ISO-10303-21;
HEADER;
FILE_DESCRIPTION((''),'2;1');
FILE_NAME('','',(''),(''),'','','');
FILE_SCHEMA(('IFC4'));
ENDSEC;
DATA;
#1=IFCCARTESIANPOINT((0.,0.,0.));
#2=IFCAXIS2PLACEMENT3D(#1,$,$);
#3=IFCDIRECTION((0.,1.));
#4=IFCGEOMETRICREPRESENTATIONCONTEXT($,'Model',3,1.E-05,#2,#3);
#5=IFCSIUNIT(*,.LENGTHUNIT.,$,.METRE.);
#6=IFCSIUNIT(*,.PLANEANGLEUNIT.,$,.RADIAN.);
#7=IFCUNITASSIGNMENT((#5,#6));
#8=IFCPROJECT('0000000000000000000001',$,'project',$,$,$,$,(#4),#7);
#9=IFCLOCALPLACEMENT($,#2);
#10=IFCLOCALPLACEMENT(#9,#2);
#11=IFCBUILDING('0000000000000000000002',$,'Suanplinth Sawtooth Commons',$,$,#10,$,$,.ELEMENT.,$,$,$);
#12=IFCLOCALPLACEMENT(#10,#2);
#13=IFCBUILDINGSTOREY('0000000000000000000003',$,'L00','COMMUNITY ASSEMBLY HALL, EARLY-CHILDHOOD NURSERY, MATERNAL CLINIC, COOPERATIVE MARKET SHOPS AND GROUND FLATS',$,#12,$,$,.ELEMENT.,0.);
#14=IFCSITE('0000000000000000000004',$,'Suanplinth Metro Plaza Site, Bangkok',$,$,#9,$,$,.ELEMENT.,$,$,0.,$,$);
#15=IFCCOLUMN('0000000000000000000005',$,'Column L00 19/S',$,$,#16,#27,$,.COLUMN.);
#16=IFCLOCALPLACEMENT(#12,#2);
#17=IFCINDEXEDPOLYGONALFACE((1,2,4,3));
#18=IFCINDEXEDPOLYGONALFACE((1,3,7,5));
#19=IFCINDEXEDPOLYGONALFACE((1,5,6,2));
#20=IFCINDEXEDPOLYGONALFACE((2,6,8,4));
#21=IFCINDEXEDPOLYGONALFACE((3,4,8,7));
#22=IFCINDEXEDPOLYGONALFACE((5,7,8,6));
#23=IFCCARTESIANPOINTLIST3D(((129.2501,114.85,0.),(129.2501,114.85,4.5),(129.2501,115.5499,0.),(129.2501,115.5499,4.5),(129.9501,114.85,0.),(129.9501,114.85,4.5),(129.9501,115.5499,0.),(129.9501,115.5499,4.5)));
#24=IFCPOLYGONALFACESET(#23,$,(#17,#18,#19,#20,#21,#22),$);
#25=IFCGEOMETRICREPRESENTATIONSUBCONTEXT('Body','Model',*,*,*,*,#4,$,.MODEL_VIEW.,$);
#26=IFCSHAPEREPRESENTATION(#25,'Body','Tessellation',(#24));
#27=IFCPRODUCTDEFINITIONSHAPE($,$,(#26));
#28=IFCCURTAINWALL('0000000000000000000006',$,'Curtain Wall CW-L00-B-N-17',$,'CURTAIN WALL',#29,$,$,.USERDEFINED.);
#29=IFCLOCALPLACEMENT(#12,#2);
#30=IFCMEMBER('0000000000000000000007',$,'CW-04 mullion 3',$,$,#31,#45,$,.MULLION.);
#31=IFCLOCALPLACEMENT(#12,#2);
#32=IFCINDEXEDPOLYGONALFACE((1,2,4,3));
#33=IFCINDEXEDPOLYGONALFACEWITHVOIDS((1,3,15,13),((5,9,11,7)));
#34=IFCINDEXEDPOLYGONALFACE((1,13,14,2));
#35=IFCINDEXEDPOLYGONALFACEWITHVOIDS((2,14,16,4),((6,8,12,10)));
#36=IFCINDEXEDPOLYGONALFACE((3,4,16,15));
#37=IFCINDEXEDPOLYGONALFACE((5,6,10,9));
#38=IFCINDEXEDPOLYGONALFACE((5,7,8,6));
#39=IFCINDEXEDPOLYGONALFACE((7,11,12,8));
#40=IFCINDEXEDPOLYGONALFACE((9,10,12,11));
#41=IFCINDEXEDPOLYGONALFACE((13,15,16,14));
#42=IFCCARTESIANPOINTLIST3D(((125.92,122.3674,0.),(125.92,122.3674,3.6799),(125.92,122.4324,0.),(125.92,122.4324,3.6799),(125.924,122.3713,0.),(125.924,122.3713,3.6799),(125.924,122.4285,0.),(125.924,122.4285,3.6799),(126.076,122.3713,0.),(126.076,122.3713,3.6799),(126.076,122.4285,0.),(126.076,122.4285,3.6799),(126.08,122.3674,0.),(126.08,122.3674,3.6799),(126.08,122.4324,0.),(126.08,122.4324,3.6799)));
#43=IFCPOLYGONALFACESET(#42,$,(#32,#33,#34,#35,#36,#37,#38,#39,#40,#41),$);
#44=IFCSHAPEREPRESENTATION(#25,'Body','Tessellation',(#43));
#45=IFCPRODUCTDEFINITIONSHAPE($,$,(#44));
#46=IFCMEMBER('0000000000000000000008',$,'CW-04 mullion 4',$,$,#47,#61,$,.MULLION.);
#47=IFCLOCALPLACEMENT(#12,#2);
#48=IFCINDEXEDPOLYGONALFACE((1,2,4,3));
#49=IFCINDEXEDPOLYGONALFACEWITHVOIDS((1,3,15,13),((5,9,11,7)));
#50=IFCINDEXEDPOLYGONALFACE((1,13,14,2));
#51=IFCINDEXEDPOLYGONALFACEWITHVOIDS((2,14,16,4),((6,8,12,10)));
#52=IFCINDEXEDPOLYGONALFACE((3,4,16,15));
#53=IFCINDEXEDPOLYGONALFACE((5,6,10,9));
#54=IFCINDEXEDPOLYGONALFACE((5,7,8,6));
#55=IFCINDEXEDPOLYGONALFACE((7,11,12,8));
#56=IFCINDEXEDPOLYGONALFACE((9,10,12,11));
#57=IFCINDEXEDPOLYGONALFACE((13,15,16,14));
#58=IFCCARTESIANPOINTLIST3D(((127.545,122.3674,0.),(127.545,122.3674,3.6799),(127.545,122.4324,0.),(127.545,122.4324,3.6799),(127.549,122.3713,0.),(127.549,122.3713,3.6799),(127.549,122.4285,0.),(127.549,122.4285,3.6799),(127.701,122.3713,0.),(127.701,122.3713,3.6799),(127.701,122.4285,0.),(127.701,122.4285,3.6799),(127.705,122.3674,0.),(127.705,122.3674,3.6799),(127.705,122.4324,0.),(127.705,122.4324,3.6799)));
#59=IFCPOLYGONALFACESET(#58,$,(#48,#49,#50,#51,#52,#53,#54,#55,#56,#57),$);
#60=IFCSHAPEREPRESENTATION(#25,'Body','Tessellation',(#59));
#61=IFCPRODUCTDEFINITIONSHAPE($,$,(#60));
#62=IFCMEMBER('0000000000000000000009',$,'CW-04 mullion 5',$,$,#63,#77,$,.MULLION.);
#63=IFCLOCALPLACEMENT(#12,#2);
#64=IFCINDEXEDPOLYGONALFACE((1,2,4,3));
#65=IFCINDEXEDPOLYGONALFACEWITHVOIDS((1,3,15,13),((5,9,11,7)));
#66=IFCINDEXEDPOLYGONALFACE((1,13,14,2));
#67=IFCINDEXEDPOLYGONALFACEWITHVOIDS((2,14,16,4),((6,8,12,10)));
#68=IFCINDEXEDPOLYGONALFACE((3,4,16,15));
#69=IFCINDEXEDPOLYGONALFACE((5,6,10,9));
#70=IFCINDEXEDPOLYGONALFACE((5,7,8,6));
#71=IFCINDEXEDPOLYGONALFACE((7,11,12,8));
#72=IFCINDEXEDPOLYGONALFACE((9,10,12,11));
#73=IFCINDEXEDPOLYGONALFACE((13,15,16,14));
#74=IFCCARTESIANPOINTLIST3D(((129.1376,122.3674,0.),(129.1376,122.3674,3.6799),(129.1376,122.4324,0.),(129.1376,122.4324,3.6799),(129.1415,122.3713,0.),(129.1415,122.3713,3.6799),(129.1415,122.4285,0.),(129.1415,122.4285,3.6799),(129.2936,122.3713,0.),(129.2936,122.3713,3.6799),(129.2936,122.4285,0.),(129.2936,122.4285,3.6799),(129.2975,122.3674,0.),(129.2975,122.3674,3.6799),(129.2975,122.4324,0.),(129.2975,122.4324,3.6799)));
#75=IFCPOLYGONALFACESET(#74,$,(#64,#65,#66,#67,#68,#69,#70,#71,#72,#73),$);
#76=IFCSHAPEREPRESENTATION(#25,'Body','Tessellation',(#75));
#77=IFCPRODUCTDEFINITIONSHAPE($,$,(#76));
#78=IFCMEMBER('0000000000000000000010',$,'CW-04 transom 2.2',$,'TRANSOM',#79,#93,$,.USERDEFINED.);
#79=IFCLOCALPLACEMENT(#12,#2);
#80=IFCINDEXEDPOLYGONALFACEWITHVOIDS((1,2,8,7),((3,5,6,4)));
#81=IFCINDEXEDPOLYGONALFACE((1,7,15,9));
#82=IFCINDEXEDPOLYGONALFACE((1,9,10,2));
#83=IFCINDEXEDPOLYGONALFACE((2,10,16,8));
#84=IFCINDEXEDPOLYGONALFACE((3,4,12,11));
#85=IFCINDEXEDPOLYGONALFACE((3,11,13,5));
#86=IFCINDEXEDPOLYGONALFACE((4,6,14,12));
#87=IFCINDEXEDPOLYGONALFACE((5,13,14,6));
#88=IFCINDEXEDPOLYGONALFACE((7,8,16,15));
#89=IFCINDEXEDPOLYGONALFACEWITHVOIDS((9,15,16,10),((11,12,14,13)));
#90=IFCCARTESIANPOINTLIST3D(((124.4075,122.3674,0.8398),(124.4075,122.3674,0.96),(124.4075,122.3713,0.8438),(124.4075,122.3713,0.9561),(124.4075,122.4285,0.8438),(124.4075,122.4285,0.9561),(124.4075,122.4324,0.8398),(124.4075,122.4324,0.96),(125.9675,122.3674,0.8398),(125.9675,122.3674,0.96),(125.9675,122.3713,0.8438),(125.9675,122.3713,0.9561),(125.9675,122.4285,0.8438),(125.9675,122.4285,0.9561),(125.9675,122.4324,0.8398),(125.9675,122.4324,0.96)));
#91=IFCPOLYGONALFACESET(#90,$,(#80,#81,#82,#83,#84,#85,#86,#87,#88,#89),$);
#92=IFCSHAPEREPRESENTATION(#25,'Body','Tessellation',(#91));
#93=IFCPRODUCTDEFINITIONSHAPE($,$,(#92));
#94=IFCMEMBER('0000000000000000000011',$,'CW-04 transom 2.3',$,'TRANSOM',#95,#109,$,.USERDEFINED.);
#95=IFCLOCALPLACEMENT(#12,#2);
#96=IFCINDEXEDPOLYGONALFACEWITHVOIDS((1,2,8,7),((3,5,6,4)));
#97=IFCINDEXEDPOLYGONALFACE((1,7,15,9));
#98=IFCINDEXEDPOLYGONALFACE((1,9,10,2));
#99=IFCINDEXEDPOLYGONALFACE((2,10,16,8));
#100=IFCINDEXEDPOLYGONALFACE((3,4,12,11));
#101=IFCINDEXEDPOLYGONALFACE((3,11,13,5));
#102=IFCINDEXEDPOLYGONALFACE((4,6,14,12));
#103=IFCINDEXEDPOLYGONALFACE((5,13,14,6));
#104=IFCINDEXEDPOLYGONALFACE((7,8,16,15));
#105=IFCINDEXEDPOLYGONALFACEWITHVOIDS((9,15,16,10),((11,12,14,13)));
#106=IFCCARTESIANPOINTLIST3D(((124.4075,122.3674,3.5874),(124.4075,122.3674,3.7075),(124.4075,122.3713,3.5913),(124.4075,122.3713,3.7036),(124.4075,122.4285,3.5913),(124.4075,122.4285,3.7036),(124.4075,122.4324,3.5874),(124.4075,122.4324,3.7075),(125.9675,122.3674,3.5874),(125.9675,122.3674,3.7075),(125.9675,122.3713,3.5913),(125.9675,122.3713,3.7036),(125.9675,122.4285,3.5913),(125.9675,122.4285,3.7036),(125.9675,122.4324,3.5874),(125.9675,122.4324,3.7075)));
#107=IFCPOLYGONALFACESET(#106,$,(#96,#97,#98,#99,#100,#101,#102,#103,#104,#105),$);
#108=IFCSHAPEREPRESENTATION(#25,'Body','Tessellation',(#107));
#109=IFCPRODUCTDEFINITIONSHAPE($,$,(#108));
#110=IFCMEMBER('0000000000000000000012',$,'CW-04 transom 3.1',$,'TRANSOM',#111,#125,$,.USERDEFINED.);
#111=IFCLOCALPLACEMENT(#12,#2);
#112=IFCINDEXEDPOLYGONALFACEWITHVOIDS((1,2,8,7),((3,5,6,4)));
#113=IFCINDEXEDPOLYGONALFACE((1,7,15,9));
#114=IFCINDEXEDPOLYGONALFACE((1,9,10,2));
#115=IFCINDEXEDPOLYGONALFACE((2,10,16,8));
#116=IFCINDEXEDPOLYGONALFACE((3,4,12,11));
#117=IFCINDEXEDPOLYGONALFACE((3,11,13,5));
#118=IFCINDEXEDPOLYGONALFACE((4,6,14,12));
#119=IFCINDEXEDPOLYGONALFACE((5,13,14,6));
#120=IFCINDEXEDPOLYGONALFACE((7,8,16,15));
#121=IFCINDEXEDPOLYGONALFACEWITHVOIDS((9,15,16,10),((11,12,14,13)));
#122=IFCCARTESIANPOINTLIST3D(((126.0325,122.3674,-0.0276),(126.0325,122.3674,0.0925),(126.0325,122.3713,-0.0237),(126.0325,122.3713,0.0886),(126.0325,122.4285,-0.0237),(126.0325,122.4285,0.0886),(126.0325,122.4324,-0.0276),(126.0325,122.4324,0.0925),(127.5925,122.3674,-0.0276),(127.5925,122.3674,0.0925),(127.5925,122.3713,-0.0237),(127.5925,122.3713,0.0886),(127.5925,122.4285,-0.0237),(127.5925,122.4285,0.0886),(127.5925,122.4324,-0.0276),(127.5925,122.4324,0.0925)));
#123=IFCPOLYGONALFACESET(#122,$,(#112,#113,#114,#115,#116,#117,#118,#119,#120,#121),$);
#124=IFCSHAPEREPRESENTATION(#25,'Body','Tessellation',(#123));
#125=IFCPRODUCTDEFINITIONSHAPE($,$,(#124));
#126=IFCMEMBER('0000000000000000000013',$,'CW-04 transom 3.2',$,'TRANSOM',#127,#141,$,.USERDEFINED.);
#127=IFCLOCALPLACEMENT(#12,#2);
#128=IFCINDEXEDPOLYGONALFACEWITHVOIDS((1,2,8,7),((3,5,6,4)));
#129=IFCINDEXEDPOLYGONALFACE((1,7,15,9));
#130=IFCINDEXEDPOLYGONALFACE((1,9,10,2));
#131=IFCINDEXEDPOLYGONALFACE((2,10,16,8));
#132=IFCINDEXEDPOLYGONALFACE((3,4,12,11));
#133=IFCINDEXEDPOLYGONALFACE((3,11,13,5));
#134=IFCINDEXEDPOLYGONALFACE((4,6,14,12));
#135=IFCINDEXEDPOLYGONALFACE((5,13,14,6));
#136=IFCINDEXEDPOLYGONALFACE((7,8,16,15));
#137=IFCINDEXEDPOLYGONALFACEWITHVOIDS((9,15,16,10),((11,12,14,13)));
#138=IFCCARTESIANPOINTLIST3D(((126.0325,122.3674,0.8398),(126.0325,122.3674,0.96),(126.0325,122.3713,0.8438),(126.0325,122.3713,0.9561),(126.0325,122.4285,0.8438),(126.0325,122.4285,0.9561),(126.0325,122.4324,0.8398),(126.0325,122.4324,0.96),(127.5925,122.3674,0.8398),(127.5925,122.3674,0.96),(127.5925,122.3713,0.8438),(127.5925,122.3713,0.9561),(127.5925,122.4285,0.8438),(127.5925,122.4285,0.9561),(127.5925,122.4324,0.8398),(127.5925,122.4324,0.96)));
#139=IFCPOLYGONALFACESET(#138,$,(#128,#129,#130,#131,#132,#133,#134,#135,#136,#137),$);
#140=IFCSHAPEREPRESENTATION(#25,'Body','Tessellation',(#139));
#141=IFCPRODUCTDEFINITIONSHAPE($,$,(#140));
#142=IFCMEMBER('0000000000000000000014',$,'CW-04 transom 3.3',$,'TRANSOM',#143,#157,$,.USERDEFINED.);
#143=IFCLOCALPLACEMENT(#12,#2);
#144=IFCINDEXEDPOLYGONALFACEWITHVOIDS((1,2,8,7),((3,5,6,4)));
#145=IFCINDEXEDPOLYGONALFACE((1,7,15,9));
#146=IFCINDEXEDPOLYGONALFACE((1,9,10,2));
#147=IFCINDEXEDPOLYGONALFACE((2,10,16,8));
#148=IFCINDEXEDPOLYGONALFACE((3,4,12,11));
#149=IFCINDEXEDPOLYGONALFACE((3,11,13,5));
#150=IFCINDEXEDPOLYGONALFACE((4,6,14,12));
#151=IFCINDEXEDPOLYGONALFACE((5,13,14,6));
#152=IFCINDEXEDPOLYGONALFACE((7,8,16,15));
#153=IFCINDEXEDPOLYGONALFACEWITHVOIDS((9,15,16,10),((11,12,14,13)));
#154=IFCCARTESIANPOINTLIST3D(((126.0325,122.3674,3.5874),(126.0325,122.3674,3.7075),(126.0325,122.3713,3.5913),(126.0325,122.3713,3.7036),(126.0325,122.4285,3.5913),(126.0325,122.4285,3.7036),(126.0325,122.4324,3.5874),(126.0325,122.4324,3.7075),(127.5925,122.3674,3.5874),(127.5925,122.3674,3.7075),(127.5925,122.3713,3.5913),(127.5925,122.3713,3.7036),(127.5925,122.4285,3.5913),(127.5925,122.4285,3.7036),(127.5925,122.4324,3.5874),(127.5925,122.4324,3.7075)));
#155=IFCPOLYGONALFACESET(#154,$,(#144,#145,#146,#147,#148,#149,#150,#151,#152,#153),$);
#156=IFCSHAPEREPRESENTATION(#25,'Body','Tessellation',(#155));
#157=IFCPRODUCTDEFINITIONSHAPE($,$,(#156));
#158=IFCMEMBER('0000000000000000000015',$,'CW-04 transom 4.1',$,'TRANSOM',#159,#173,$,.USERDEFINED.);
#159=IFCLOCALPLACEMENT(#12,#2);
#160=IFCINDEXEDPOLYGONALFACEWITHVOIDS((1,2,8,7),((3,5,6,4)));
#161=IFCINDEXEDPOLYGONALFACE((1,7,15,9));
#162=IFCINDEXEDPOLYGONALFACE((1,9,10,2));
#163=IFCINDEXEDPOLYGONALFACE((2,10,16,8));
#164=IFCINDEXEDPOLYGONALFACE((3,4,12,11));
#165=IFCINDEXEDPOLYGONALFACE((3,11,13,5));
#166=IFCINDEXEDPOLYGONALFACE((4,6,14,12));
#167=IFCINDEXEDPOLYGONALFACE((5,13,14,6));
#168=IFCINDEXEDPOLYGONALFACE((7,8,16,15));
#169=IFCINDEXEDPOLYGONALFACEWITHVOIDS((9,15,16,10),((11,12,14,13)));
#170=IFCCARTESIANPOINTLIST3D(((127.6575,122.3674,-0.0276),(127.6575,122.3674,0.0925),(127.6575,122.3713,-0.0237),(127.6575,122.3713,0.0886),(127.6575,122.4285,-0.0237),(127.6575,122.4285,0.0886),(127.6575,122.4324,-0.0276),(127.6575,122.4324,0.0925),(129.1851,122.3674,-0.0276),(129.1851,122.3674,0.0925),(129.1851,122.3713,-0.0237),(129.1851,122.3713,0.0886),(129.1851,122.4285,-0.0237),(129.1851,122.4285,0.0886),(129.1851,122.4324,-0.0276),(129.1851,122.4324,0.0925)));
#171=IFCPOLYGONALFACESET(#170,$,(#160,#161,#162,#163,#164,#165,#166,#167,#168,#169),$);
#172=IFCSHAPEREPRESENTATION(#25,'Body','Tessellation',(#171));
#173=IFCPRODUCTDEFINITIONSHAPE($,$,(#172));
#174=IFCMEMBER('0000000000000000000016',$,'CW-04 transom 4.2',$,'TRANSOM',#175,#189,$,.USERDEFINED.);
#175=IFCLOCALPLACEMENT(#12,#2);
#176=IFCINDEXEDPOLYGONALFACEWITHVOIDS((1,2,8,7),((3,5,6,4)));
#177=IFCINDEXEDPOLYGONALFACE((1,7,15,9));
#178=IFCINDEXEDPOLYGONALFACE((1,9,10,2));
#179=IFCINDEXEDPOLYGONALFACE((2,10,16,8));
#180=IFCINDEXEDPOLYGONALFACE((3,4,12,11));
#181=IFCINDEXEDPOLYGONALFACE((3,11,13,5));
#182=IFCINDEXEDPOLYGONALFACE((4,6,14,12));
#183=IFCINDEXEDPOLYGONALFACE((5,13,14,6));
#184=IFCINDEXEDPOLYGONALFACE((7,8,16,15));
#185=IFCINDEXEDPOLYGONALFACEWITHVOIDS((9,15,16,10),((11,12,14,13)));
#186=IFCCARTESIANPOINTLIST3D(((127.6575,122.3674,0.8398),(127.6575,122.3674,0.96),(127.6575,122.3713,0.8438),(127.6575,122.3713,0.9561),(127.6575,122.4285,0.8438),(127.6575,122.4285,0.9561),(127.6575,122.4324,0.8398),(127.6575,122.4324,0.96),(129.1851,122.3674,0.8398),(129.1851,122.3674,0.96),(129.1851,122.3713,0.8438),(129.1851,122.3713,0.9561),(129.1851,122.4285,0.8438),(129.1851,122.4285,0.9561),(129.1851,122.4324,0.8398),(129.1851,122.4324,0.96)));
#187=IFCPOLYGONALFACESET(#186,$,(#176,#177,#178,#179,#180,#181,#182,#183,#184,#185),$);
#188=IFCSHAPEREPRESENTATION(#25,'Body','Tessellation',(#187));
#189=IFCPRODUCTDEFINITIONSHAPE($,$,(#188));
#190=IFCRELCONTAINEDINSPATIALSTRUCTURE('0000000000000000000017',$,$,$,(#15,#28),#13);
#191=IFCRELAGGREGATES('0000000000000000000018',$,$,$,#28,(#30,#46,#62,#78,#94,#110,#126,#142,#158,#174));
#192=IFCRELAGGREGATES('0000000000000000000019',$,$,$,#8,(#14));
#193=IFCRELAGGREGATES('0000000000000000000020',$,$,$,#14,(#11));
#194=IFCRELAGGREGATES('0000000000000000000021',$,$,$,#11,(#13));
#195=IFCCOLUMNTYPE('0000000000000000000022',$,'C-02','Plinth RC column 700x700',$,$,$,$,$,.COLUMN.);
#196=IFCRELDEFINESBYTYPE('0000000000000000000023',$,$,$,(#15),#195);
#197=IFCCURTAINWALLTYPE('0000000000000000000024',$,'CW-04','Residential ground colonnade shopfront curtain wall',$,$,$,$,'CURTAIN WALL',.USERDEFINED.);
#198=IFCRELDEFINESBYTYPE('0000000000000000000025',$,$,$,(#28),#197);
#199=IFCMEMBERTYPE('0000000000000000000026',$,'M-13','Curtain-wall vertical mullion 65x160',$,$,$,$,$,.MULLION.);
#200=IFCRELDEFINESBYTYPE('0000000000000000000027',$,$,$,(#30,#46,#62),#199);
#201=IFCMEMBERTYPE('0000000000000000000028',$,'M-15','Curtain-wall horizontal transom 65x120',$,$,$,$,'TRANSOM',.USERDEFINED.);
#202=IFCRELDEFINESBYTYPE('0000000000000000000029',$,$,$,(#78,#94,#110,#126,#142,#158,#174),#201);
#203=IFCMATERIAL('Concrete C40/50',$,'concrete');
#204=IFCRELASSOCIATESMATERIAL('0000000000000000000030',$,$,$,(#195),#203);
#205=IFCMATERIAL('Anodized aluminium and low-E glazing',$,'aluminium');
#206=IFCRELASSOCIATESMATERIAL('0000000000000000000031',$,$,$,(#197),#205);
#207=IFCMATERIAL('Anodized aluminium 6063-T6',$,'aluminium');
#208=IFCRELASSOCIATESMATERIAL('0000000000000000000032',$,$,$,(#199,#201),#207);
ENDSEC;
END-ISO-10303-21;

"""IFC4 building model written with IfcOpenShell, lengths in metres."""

from ifc_helpers import new_model, si_unit, direction, frame, origin, origin_2d, place, context, subcontext, project, spatial, rectangle, hollow_rectangle, extrude, material, material_profile, profile_set, type_object, element, aggregate, save


model = new_model("IFC4")

# Units and contexts
model_context = context("Model", 3, precision=1e-05, world=origin(), true_north=direction((0.0, 1.0)))
body_context = subcontext(model_context, "Body", "Model", "MODEL_VIEW")
ifc_project = project(units=[si_unit("LENGTHUNIT", "METRE"), si_unit("PLANEANGLEUNIT", "RADIAN")], contexts=[model_context])

# Site, building, storey
site_placement = place(None, origin())
site = spatial("IfcSite", under=ifc_project, at=site_placement, Name="Suanplinth Metro Plaza Site, Bangkok", CompositionType="ELEMENT", RefElevation=0.0)
building_placement = place(site_placement, origin())
building = spatial("IfcBuilding", under=site, at=building_placement, Name="Suanplinth Sawtooth Commons", CompositionType="ELEMENT")
storey_placement = place(building_placement, origin())
storey = spatial("IfcBuildingStorey", under=building, at=storey_placement, Name="L00", Description="COMMUNITY ASSEMBLY HALL, EARLY-CHILDHOOD NURSERY, MATERNAL CLINIC, COOPERATIVE MARKET SHOPS AND GROUND FLATS", CompositionType="ELEMENT", Elevation=0.0)

# Column
ifc_material_1 = material(Name="Concrete C40/50", Category="concrete")
ifc_material_profile_1 = material_profile(ifc_material_1, rectangle(XDim=0.7, YDim=0.7, at=origin_2d()), Name="RC-COL 700x700")
ifc_profile_set_1 = profile_set([ifc_material_profile_1], Name="Concrete C40/50")
column_type = type_object("IfcColumnType", Name="C-02", Description="Plinth RC column 700x700", PredefinedType="COLUMN", material=ifc_profile_set_1)
column_placement = place(storey_placement, frame((129.6001, 115.2, 0.0), z_axis=(0.0, 0.0, 1.0), x_axis=(1.0, 0.0, 0.0)))
element("IfcColumn", 1, at=column_placement, inside=storey, type_object=column_type, Name="Column L00 19/S", PredefinedType="COLUMN", context=body_context, shape_type="SweptSolid", body=[
    extrude(rectangle(XDim=0.7, YDim=0.7, at=origin_2d()), origin(), (0.0, 0.0, 1.0), 4.5),
])

# Curtain wall, members
ifc_material_2 = material(Name="Anodized aluminium and low-E glazing", Category="aluminium")
curtain_wall_type = type_object("IfcCurtainWallType", Name="CW-04", Description="Residential ground colonnade shopfront curtain wall", ElementType="CURTAIN WALL", PredefinedType="USERDEFINED", material=ifc_material_2)
curtain_wall_placement = place(storey_placement, origin())
curtain_wall = element("IfcCurtainWall", 2, at=curtain_wall_placement, inside=storey, type_object=curtain_wall_type, Name="Curtain Wall CW-L00-B-N-17", ObjectType="CURTAIN WALL", PredefinedType="USERDEFINED")
ifc_material_3 = material(Name="Anodized aluminium 6063-T6", Category="aluminium")
ifc_material_profile_2 = material_profile(ifc_material_3, hollow_rectangle(XDim=0.0649, YDim=0.1599, WallThickness=0.0039, at=origin_2d()), Name="ALU-MUL 65x160")
ifc_profile_set_2 = profile_set([ifc_material_profile_2], Name="Anodized aluminium 6063-T6")
member_type_1 = type_object("IfcMemberType", Name="M-13", Description="Curtain-wall vertical mullion 65x160", PredefinedType="MULLION", material=ifc_profile_set_2)
member_1_placement = place(storey_placement, frame((126.0, 122.3999, 0.0), z_axis=(0.0, 0.0, 1.0), x_axis=(0.0, 1.0, 0.0)))
member_1 = element("IfcMember", 3, at=member_1_placement, type_object=member_type_1, Name="CW-04 mullion 3", PredefinedType="MULLION", context=body_context, shape_type="SweptSolid", body=[
    extrude(hollow_rectangle(XDim=0.0649, YDim=0.1599, WallThickness=0.0039, at=origin_2d()), origin(), (0.0, 0.0, 1.0), 3.6799),
])
member_2_placement = place(storey_placement, frame((127.625, 122.3999, 0.0), z_axis=(0.0, 0.0, 1.0), x_axis=(0.0, 1.0, 0.0)))
member_2 = element("IfcMember", 4, at=member_2_placement, type_object=member_type_1, Name="CW-04 mullion 4", PredefinedType="MULLION", context=body_context, shape_type="SweptSolid", body=[
    extrude(hollow_rectangle(XDim=0.0649, YDim=0.1599, WallThickness=0.0039, at=origin_2d()), origin(), (0.0, 0.0, 1.0), 3.6799),
])
member_3_placement = place(storey_placement, frame((129.2175, 122.3999, 0.0), z_axis=(0.0, 0.0, 1.0), x_axis=(0.0, 1.0, 0.0)))
member_3 = element("IfcMember", 5, at=member_3_placement, type_object=member_type_1, Name="CW-04 mullion 5", PredefinedType="MULLION", context=body_context, shape_type="SweptSolid", body=[
    extrude(hollow_rectangle(XDim=0.0649, YDim=0.1599, WallThickness=0.0039, at=origin_2d()), origin(), (0.0, 0.0, 1.0), 3.6799),
])
ifc_material_profile_3 = material_profile(ifc_material_3, hollow_rectangle(XDim=0.0649, YDim=0.1201, WallThickness=0.0039, at=origin_2d()), Name="ALU-TRN 65x120")
ifc_profile_set_3 = profile_set([ifc_material_profile_3], Name="Anodized aluminium 6063-T6")
member_type_2 = type_object("IfcMemberType", Name="M-15", Description="Curtain-wall horizontal transom 65x120", ElementType="TRANSOM", PredefinedType="USERDEFINED", material=ifc_profile_set_3)
member_4_placement = place(storey_placement, frame((124.4075, 122.3999, 0.8999), z_axis=(1.0, 0.0, 0.0), x_axis=(0.0, 1.0, 0.0)))
member_4 = element("IfcMember", 6, at=member_4_placement, type_object=member_type_2, Name="CW-04 transom 2.2", ObjectType="TRANSOM", PredefinedType="USERDEFINED", context=body_context, shape_type="SweptSolid", body=[
    extrude(hollow_rectangle(XDim=0.0649, YDim=0.1201, WallThickness=0.0039, at=origin_2d()), origin(), (0.0, 0.0, 1.0), 1.5601),
])
member_5_placement = place(storey_placement, frame((124.4075, 122.3999, 3.6475), z_axis=(1.0, 0.0, 0.0), x_axis=(0.0, 1.0, 0.0)))
member_5 = element("IfcMember", 7, at=member_5_placement, type_object=member_type_2, Name="CW-04 transom 2.3", ObjectType="TRANSOM", PredefinedType="USERDEFINED", context=body_context, shape_type="SweptSolid", body=[
    extrude(hollow_rectangle(XDim=0.0649, YDim=0.1201, WallThickness=0.0039, at=origin_2d()), origin(), (0.0, 0.0, 1.0), 1.5601),
])
member_6_placement = place(storey_placement, frame((126.0325, 122.3999, 0.0325), z_axis=(1.0, 0.0, 0.0), x_axis=(0.0, 1.0, 0.0)))
member_6 = element("IfcMember", 8, at=member_6_placement, type_object=member_type_2, Name="CW-04 transom 3.1", ObjectType="TRANSOM", PredefinedType="USERDEFINED", context=body_context, shape_type="SweptSolid", body=[
    extrude(hollow_rectangle(XDim=0.0649, YDim=0.1201, WallThickness=0.0039, at=origin_2d()), origin(), (0.0, 0.0, 1.0), 1.5601),
])
member_7_placement = place(storey_placement, frame((126.0325, 122.3999, 0.8999), z_axis=(1.0, 0.0, 0.0), x_axis=(0.0, 1.0, 0.0)))
member_7 = element("IfcMember", 9, at=member_7_placement, type_object=member_type_2, Name="CW-04 transom 3.2", ObjectType="TRANSOM", PredefinedType="USERDEFINED", context=body_context, shape_type="SweptSolid", body=[
    extrude(hollow_rectangle(XDim=0.0649, YDim=0.1201, WallThickness=0.0039, at=origin_2d()), origin(), (0.0, 0.0, 1.0), 1.5601),
])
member_8_placement = place(storey_placement, frame((126.0325, 122.3999, 3.6475), z_axis=(1.0, 0.0, 0.0), x_axis=(0.0, 1.0, 0.0)))
member_8 = element("IfcMember", 10, at=member_8_placement, type_object=member_type_2, Name="CW-04 transom 3.3", ObjectType="TRANSOM", PredefinedType="USERDEFINED", context=body_context, shape_type="SweptSolid", body=[
    extrude(hollow_rectangle(XDim=0.0649, YDim=0.1201, WallThickness=0.0039, at=origin_2d()), origin(), (0.0, 0.0, 1.0), 1.5601),
])
member_9_placement = place(storey_placement, frame((127.6575, 122.3999, 0.0325), z_axis=(1.0, 0.0, 0.0), x_axis=(0.0, 1.0, 0.0)))
member_9 = element("IfcMember", 11, at=member_9_placement, type_object=member_type_2, Name="CW-04 transom 4.1", ObjectType="TRANSOM", PredefinedType="USERDEFINED", context=body_context, shape_type="SweptSolid", body=[
    extrude(hollow_rectangle(XDim=0.0649, YDim=0.1201, WallThickness=0.0039, at=origin_2d()), origin(), (0.0, 0.0, 1.0), 1.5276),
])
member_10_placement = place(storey_placement, frame((127.6575, 122.3999, 0.8999), z_axis=(1.0, 0.0, 0.0), x_axis=(0.0, 1.0, 0.0)))
member_10 = element("IfcMember", 12, at=member_10_placement, type_object=member_type_2, Name="CW-04 transom 4.2", ObjectType="TRANSOM", PredefinedType="USERDEFINED", context=body_context, shape_type="SweptSolid", body=[
    extrude(hollow_rectangle(XDim=0.0649, YDim=0.1201, WallThickness=0.0039, at=origin_2d()), origin(), (0.0, 0.0, 1.0), 1.5276),
])
aggregate(curtain_wall, [member_1, member_2, member_3, member_4, member_5, member_6, member_7, member_8, member_9, member_10])

save(model, "model.ifc")
